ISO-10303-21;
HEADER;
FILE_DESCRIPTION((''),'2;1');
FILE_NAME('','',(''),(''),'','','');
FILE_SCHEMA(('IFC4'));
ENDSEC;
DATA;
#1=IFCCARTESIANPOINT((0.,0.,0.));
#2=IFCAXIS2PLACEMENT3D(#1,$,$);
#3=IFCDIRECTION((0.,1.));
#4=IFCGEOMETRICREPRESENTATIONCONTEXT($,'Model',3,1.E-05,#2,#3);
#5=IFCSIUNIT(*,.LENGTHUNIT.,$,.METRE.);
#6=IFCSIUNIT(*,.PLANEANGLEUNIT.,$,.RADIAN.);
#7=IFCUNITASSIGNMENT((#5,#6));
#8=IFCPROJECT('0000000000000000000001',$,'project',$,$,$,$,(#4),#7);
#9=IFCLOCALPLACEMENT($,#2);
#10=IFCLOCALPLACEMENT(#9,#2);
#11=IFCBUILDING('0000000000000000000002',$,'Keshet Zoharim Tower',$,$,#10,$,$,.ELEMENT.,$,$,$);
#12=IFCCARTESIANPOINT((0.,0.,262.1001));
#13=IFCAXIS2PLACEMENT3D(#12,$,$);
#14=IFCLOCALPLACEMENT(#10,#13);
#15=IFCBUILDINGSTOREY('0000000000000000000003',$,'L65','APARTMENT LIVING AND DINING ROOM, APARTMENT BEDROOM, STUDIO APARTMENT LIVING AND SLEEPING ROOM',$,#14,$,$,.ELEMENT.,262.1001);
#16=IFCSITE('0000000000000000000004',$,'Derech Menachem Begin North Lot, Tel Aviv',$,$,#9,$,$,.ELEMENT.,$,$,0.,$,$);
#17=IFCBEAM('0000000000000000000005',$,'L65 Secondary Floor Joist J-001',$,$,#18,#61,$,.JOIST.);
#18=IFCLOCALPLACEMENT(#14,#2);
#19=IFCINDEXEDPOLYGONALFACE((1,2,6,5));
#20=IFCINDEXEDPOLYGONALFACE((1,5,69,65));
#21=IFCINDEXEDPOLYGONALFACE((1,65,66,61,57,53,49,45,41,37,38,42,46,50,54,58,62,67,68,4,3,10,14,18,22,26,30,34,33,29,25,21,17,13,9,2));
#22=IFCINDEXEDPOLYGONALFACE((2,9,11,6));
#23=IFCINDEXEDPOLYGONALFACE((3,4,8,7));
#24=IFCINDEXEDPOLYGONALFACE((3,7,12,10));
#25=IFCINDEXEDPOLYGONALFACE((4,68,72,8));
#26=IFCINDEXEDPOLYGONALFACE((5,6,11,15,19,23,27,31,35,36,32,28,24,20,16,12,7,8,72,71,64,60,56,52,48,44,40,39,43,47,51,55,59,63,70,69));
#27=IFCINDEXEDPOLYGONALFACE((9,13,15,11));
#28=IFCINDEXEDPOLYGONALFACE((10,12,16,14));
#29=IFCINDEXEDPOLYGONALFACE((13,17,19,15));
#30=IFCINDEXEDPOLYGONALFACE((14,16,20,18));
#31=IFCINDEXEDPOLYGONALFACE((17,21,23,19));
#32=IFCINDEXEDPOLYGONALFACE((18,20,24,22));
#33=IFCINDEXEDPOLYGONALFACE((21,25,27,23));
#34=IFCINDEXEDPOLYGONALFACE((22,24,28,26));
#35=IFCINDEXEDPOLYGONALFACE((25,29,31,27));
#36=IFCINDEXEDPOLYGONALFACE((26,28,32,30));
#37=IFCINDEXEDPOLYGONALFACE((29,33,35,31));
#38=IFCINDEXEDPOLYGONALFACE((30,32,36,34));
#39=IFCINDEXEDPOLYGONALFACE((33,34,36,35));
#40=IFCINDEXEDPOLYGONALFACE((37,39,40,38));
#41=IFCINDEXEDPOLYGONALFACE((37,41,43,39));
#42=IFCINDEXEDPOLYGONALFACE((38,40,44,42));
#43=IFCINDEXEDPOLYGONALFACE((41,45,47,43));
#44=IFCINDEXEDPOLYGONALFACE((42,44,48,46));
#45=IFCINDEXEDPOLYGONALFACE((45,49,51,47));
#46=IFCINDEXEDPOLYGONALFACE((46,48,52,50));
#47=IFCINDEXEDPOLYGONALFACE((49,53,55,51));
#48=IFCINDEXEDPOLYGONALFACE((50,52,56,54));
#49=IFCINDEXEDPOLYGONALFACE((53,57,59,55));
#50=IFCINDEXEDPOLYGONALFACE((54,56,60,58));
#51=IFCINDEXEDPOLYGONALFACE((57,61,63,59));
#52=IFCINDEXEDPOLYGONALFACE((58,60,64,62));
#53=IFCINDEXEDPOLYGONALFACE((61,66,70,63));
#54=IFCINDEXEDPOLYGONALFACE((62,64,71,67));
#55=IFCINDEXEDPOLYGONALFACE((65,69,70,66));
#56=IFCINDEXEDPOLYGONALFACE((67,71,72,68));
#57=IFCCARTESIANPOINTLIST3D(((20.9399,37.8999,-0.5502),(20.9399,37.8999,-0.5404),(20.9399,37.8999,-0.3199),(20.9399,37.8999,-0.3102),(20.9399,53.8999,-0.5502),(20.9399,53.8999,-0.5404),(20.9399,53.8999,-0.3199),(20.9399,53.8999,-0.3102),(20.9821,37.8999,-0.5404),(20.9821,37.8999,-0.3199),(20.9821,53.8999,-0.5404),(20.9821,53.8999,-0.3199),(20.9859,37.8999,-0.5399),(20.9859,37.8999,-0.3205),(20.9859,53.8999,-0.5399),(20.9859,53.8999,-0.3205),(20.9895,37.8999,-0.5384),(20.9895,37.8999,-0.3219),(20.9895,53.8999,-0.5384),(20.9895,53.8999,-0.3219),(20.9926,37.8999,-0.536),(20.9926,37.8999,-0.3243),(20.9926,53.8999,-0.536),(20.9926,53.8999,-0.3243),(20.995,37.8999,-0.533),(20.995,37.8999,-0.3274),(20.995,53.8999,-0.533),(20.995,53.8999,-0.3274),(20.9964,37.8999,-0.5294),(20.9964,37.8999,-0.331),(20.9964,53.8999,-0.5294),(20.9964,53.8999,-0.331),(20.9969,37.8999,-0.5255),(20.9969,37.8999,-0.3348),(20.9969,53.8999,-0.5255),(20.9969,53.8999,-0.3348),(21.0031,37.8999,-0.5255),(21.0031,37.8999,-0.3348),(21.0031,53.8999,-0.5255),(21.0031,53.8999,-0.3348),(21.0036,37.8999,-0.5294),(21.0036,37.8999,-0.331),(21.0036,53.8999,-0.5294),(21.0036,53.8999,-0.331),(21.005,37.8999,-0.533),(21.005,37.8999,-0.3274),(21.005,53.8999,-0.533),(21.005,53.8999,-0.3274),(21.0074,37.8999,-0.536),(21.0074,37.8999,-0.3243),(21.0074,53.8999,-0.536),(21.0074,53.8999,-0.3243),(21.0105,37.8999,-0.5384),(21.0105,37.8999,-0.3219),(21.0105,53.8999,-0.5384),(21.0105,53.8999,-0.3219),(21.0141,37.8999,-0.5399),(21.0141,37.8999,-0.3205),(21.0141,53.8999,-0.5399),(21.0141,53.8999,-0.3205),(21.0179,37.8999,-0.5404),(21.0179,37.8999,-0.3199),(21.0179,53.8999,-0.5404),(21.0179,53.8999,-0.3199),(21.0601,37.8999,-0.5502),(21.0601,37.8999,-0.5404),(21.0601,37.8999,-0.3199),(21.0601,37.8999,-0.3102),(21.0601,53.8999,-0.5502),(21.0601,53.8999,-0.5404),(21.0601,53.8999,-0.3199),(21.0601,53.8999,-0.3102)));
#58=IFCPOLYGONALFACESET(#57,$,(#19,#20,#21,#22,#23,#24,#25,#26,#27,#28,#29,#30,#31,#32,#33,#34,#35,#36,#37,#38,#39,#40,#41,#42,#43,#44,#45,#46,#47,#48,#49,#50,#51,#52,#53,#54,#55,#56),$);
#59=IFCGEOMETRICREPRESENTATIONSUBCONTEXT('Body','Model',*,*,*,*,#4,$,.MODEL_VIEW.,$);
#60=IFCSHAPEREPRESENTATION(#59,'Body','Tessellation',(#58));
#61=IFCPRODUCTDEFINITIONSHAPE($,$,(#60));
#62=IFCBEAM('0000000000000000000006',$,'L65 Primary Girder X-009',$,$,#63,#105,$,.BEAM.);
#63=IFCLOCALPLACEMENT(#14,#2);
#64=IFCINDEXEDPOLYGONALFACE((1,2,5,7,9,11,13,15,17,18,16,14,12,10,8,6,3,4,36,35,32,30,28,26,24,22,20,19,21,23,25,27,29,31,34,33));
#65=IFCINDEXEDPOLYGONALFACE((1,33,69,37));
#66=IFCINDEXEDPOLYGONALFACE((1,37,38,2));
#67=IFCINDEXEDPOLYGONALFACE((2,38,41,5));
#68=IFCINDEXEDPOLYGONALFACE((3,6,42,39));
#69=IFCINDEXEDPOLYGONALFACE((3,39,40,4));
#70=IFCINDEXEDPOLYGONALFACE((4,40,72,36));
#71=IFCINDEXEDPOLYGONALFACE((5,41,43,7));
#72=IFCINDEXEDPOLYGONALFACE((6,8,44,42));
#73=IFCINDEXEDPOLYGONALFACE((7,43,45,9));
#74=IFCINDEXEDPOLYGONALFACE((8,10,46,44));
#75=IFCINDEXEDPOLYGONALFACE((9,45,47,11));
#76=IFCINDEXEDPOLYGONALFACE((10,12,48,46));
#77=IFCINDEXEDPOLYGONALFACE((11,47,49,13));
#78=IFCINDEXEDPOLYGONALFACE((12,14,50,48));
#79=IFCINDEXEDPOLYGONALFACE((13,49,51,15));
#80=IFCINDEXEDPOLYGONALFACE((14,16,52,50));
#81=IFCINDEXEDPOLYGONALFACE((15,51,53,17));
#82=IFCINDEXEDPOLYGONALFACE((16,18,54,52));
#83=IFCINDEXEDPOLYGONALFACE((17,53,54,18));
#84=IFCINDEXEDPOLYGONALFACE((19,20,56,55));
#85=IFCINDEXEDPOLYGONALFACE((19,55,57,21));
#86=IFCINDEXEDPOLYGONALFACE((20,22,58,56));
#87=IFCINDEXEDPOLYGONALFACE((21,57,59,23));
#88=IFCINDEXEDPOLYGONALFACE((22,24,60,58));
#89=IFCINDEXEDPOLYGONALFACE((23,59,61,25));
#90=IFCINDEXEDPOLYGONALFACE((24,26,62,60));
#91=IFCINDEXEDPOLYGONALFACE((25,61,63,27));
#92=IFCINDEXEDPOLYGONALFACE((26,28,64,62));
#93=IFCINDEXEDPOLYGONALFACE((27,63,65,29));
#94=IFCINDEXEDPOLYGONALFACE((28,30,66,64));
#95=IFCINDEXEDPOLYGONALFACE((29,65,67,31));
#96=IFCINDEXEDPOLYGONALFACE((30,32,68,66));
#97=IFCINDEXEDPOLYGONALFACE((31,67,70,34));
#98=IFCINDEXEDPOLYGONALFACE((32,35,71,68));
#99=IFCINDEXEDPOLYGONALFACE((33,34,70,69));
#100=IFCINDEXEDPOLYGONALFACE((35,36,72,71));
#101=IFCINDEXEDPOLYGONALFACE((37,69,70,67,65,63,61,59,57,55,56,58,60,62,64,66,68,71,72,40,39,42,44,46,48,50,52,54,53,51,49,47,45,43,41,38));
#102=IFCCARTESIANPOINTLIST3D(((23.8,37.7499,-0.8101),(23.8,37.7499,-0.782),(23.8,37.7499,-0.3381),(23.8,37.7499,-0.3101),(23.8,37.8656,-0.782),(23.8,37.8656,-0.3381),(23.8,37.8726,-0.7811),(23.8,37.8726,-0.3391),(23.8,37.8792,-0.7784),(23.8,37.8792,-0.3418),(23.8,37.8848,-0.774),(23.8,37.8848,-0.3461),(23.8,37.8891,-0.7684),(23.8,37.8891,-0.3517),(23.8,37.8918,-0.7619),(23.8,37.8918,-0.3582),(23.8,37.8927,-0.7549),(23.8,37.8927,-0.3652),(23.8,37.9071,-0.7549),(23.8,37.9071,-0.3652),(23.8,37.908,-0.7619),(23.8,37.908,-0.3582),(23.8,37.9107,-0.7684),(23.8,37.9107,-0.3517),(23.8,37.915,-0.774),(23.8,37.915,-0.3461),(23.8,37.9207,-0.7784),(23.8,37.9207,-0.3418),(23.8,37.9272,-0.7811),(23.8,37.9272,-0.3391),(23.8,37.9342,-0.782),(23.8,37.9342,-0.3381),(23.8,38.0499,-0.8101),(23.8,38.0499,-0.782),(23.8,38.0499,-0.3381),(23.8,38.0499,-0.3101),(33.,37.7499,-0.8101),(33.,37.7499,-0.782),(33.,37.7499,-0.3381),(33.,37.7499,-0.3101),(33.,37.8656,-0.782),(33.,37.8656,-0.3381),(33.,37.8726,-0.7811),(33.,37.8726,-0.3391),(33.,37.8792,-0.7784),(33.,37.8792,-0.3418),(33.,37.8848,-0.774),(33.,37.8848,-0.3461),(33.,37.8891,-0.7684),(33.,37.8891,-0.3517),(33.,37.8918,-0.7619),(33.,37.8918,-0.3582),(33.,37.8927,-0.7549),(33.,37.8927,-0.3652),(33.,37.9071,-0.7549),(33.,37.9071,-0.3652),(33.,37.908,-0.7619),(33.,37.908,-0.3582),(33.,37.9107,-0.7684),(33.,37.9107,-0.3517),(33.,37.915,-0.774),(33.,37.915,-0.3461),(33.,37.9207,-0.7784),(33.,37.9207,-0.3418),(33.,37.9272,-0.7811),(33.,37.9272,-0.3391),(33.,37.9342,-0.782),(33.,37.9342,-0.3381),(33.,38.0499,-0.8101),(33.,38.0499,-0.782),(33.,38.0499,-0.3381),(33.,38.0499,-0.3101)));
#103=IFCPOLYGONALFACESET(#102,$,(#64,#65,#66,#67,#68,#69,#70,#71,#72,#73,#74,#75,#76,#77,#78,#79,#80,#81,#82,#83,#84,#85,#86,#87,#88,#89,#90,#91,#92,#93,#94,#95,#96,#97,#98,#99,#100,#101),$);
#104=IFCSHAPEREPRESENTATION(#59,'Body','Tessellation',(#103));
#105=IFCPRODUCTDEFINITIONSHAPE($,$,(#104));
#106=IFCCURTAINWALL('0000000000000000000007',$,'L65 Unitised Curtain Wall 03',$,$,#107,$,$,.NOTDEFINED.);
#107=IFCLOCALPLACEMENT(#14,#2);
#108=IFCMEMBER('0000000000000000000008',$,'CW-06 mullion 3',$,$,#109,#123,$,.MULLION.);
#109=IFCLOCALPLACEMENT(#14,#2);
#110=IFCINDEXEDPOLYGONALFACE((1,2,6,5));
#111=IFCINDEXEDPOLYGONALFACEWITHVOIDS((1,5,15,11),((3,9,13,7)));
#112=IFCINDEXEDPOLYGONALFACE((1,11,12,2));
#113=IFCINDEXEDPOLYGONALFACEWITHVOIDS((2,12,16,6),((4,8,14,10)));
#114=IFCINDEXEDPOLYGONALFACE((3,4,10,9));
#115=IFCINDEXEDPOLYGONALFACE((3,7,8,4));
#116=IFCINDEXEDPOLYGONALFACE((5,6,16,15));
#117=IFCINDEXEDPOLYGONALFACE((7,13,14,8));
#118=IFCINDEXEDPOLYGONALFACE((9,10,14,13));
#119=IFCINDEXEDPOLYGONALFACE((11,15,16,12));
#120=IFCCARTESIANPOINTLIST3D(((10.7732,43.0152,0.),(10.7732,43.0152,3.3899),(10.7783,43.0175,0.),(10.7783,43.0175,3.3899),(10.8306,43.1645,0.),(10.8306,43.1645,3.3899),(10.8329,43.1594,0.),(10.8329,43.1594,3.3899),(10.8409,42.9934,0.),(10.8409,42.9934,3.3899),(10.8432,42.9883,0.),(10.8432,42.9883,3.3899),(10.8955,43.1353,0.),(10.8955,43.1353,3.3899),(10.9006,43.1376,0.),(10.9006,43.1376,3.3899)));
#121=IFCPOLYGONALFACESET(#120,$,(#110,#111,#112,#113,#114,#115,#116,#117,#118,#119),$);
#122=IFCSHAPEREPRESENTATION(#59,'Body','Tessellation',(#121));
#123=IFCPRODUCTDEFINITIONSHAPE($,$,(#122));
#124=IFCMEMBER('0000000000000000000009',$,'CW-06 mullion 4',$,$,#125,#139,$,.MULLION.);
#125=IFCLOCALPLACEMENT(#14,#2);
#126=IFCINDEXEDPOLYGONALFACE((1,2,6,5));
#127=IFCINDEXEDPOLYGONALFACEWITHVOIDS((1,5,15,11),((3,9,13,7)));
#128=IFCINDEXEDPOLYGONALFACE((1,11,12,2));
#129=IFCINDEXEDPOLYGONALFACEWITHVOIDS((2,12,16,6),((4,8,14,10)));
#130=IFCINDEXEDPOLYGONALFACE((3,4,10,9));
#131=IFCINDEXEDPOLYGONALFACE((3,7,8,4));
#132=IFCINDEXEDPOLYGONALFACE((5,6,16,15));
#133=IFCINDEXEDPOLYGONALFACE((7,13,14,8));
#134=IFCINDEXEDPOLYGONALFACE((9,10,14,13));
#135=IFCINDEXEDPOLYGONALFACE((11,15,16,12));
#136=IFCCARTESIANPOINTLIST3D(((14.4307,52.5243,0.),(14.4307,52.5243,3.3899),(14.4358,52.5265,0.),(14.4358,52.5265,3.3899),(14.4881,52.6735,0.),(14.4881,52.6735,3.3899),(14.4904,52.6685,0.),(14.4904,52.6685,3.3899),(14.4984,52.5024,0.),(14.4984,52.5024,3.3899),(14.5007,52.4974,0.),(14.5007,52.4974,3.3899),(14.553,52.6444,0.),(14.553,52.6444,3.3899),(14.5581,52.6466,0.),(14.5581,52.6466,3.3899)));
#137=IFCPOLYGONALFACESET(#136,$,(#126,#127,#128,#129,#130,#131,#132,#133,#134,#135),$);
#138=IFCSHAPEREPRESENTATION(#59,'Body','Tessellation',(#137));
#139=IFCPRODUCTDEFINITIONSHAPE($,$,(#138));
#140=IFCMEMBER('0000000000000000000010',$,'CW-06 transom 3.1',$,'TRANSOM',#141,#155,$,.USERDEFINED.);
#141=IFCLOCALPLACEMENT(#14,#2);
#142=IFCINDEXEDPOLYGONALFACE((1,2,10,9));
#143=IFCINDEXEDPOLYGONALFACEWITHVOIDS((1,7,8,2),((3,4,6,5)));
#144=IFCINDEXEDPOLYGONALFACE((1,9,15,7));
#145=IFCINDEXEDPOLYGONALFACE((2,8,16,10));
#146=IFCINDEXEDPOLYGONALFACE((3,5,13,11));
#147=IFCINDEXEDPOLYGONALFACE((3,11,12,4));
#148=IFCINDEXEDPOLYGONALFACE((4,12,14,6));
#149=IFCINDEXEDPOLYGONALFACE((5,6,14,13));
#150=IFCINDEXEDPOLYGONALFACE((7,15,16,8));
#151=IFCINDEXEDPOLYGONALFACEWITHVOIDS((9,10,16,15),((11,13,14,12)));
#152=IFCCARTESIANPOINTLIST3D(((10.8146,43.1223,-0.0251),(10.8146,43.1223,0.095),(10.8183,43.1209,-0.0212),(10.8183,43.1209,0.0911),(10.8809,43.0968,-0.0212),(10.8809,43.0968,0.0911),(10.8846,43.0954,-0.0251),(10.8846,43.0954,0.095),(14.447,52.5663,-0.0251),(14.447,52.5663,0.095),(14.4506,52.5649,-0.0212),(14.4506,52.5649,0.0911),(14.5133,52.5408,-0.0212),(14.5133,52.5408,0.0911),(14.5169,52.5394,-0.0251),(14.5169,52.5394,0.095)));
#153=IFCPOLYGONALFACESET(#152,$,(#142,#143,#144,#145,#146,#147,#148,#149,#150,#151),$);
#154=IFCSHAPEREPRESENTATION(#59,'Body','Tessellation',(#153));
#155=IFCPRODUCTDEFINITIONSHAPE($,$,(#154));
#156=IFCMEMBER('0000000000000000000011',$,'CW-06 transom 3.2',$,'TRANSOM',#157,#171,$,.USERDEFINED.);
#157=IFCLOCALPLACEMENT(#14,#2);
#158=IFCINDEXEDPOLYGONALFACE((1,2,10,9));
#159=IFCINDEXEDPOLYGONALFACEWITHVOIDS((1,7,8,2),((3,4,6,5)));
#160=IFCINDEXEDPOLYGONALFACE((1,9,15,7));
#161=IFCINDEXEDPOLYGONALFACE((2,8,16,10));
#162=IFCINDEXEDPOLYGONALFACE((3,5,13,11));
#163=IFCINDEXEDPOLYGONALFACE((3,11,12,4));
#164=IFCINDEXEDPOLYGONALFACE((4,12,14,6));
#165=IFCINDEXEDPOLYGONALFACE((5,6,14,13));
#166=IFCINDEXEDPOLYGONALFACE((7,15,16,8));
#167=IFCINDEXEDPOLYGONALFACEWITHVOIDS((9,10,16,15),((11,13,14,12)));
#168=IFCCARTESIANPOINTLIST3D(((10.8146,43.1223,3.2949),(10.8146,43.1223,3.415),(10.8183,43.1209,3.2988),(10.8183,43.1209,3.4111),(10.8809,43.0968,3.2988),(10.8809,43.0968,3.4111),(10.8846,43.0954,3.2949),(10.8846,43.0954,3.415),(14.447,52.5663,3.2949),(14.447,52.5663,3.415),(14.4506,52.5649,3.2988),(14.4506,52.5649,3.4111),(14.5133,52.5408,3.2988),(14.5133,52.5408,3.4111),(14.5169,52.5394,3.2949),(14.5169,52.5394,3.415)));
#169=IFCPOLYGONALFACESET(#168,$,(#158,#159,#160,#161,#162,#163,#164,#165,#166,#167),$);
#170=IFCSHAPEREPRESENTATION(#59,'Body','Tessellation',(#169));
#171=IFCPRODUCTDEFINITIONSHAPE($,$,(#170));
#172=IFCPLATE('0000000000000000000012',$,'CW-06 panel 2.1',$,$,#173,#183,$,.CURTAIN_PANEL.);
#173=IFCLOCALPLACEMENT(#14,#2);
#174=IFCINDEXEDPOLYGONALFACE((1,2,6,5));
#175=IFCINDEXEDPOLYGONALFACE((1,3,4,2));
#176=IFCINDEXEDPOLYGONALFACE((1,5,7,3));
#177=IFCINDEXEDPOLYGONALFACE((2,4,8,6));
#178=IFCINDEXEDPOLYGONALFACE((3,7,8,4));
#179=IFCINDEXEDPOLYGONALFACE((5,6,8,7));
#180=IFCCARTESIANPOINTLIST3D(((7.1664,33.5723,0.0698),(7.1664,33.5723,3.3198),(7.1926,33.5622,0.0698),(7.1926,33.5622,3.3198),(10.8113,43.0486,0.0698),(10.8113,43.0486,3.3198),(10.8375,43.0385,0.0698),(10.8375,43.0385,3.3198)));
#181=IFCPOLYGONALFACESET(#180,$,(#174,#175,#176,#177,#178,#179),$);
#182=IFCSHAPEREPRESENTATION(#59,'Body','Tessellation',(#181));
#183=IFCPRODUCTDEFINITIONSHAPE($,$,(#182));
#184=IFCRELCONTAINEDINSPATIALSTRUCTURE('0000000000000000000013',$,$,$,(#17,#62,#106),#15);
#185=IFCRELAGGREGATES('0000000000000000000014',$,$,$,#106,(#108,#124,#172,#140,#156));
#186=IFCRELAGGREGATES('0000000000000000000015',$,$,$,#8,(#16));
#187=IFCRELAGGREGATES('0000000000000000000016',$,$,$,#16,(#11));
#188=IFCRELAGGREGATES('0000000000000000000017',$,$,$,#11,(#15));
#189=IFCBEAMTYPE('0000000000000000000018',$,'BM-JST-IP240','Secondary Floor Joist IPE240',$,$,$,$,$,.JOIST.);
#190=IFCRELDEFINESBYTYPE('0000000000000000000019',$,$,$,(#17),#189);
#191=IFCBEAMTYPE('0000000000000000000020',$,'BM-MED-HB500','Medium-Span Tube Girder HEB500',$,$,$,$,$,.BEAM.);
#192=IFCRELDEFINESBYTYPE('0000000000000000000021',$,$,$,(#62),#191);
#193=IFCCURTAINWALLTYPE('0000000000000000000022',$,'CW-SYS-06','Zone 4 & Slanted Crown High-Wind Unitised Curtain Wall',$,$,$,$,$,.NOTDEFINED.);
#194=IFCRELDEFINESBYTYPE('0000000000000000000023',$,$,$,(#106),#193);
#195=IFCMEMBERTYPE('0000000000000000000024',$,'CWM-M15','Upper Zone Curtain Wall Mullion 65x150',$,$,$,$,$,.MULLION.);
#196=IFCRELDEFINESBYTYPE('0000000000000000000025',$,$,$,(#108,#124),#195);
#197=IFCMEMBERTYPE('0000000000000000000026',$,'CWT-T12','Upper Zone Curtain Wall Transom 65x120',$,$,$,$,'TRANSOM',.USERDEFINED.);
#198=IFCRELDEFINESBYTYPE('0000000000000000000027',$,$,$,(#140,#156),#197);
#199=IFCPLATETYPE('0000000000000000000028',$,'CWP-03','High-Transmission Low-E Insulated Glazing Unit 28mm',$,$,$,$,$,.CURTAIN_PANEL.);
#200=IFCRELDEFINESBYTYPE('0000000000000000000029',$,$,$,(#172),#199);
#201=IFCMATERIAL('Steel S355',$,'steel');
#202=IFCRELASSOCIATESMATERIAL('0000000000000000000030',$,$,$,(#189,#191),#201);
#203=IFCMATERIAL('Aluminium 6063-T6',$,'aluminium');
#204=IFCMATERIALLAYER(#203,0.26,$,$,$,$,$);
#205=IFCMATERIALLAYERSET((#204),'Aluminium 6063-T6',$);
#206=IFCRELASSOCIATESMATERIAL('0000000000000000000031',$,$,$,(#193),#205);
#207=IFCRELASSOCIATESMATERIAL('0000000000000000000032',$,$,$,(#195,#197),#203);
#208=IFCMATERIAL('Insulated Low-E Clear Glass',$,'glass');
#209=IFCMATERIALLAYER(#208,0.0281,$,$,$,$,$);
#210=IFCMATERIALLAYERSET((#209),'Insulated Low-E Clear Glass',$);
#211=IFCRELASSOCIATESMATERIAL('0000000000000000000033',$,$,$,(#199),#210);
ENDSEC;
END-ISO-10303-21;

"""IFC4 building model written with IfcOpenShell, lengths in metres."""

from ifc_helpers import new_model, si_unit, direction, frame, origin, origin_2d, place, context, subcontext, project, spatial, rectangle, hollow_rectangle, i_section, extrude, material, layer, layer_set, material_profile, profile_set, type_object, element, aggregate, save


model = new_model("IFC4")

# Units and contexts
model_context = context("Model", 3, precision=1e-05, world=origin(), true_north=direction((0.0, 1.0)))
body_context = subcontext(model_context, "Body", "Model", "MODEL_VIEW")
ifc_project = project(units=[si_unit("LENGTHUNIT", "METRE"), si_unit("PLANEANGLEUNIT", "RADIAN")], contexts=[model_context])

# Site, building, storey
site_placement = place(None, origin())
site = spatial("IfcSite", under=ifc_project, at=site_placement, Name="Derech Menachem Begin North Lot, Tel Aviv", CompositionType="ELEMENT", RefElevation=0.0)
building_placement = place(site_placement, origin())
building = spatial("IfcBuilding", under=site, at=building_placement, Name="Keshet Zoharim Tower", CompositionType="ELEMENT")
storey_placement = place(building_placement, frame((0.0, 0.0, 262.1001)))
storey = spatial("IfcBuildingStorey", under=building, at=storey_placement, Name="L65", Description="APARTMENT LIVING AND DINING ROOM, APARTMENT BEDROOM, STUDIO APARTMENT LIVING AND SLEEPING ROOM", CompositionType="ELEMENT", Elevation=262.1001)

# Beams
ifc_material_1 = material(Name="Steel S355", Category="steel")
ifc_material_profile_1 = material_profile(ifc_material_1, i_section(OverallWidth=0.1201, OverallDepth=0.24, WebThickness=0.0061, FlangeThickness=0.0098, FilletRadius=0.0149, at=origin_2d()), Name="IPE240")
ifc_profile_set_1 = profile_set([ifc_material_profile_1], Name="Steel S355")
beam_type_1 = type_object("IfcBeamType", Name="BM-JST-IP240", Description="Secondary Floor Joist IPE240", PredefinedType="JOIST", material=ifc_profile_set_1)
beam_1_placement = place(storey_placement, frame((21.0, 37.8999, -0.4302), z_axis=(0.0, 1.0, 0.0), x_axis=(-1.0, 0.0, 0.0)))
element("IfcBeam", 1, at=beam_1_placement, inside=storey, type_object=beam_type_1, Name="L65 Secondary Floor Joist J-001", PredefinedType="JOIST", context=body_context, shape_type="SweptSolid", body=[
    extrude(i_section(OverallWidth=0.1201, OverallDepth=0.24, WebThickness=0.0061, FlangeThickness=0.0098, FilletRadius=0.0149, at=origin_2d()), origin(), (0.0, 0.0, 1.0), 16.0),
])
ifc_material_profile_2 = material_profile(ifc_material_1, i_section(OverallWidth=0.3, OverallDepth=0.5, WebThickness=0.0144, FlangeThickness=0.0281, FilletRadius=0.0271, at=origin_2d()), Name="HEB500")
ifc_profile_set_2 = profile_set([ifc_material_profile_2], Name="Steel S355")
beam_type_2 = type_object("IfcBeamType", Name="BM-MED-HB500", Description="Medium-Span Tube Girder HEB500", PredefinedType="BEAM", material=ifc_profile_set_2)
beam_2_placement = place(storey_placement, frame((23.8, 37.8999, -0.5601), z_axis=(1.0, 0.0, 0.0), x_axis=(0.0, 1.0, 0.0)))
element("IfcBeam", 2, at=beam_2_placement, inside=storey, type_object=beam_type_2, Name="L65 Primary Girder X-009", PredefinedType="BEAM", context=body_context, shape_type="SweptSolid", body=[
    extrude(i_section(OverallWidth=0.3, OverallDepth=0.5, WebThickness=0.0144, FlangeThickness=0.0281, FilletRadius=0.0271, at=origin_2d()), origin(), (0.0, 0.0, 1.0), 9.2),
])

# Curtain wall, members, plate
ifc_material_2 = material(Name="Aluminium 6063-T6", Category="aluminium")
ifc_layer_1 = layer(ifc_material_2, 0.26)
ifc_layer_set_1 = layer_set([ifc_layer_1], Name="Aluminium 6063-T6")
curtain_wall_type = type_object("IfcCurtainWallType", Name="CW-SYS-06", Description="Zone 4 & Slanted Crown High-Wind Unitised Curtain Wall", PredefinedType="NOTDEFINED", material=ifc_layer_set_1)
curtain_wall_placement = place(storey_placement, origin())
curtain_wall = element("IfcCurtainWall", 3, at=curtain_wall_placement, inside=storey, type_object=curtain_wall_type, Name="L65 Unitised Curtain Wall 03", PredefinedType="NOTDEFINED")
ifc_material_profile_3 = material_profile(ifc_material_2, hollow_rectangle(XDim=0.075, YDim=0.1599, WallThickness=0.0039, at=origin_2d()), Name="MUL-75x160")
ifc_profile_set_3 = profile_set([ifc_material_profile_3], Name="Aluminium 6063-T6")
member_type_1 = type_object("IfcMemberType", Name="CWM-M15", Description="Upper Zone Curtain Wall Mullion 65x150", PredefinedType="MULLION", material=ifc_profile_set_3)
member_1_placement = place(storey_placement, frame((10.8369, 43.0764, 0.0), z_axis=(0.0, 0.0, 1.0), x_axis=(-0.933341, 0.35899, 0.0)))
member_1 = element("IfcMember", 4, at=member_1_placement, type_object=member_type_1, Name="CW-06 mullion 3", PredefinedType="MULLION", context=body_context, shape_type="SweptSolid", body=[
    extrude(hollow_rectangle(XDim=0.075, YDim=0.1599, WallThickness=0.0039, at=origin_2d()), origin(), (0.0, 0.0, 1.0), 3.3899),
])
member_2_placement = place(storey_placement, frame((14.4944, 52.5854, 0.0), z_axis=(0.0, 0.0, 1.0), x_axis=(-0.933341, 0.35899, 0.0)))
member_2 = element("IfcMember", 5, at=member_2_placement, type_object=member_type_1, Name="CW-06 mullion 4", PredefinedType="MULLION", context=body_context, shape_type="SweptSolid", body=[
    extrude(hollow_rectangle(XDim=0.075, YDim=0.1599, WallThickness=0.0039, at=origin_2d()), origin(), (0.0, 0.0, 1.0), 3.3899),
])
ifc_material_profile_4 = material_profile(ifc_material_2, hollow_rectangle(XDim=0.075, YDim=0.1201, WallThickness=0.0039, at=origin_2d()), Name="TRN-75x120")
ifc_profile_set_4 = profile_set([ifc_material_profile_4], Name="Aluminium 6063-T6")
member_type_2 = type_object("IfcMemberType", Name="CWT-T12", Description="Upper Zone Curtain Wall Transom 65x120", ElementType="TRANSOM", PredefinedType="USERDEFINED", material=ifc_profile_set_4)
member_3_placement = place(storey_placement, frame((10.8496, 43.1089, 0.0349), z_axis=(0.358986, 0.933343, 0.0), x_axis=(-0.933343, 0.358986, 0.0)))
member_3 = element("IfcMember", 6, at=member_3_placement, type_object=member_type_2, Name="CW-06 transom 3.1", ObjectType="TRANSOM", PredefinedType="USERDEFINED", context=body_context, shape_type="SweptSolid", body=[
    extrude(hollow_rectangle(XDim=0.075, YDim=0.1201, WallThickness=0.0039, at=origin_2d()), origin(), (0.0, 0.0, 1.0), 10.1184),
])
member_4_placement = place(storey_placement, frame((10.8496, 43.1089, 3.355), z_axis=(0.358986, 0.933343, 0.0), x_axis=(-0.933343, 0.358986, 0.0)))
member_4 = element("IfcMember", 7, at=member_4_placement, type_object=member_type_2, Name="CW-06 transom 3.2", ObjectType="TRANSOM", PredefinedType="USERDEFINED", context=body_context, shape_type="SweptSolid", body=[
    extrude(hollow_rectangle(XDim=0.075, YDim=0.1201, WallThickness=0.0039, at=origin_2d()), origin(), (0.0, 0.0, 1.0), 10.1184),
])
ifc_material_3 = material(Name="Insulated Low-E Clear Glass", Category="glass")
ifc_layer_2 = layer(ifc_material_3, 0.0281)
ifc_layer_set_2 = layer_set([ifc_layer_2], Name="Insulated Low-E Clear Glass")
plate_type = type_object("IfcPlateType", Name="CWP-03", Description="High-Transmission Low-E Insulated Glazing Unit 28mm", PredefinedType="CURTAIN_PANEL", material=ifc_layer_set_2)
plate_1_placement = place(storey_placement, frame((9.002, 38.3054, 0.0698), z_axis=(0.0, 0.0, 1.0), x_axis=(0.35899, 0.933341, 0.0)))
plate_1 = element("IfcPlate", 8, at=plate_1_placement, type_object=plate_type, Name="CW-06 panel 2.1", PredefinedType="CURTAIN_PANEL", context=body_context, shape_type="SweptSolid", body=[
    extrude(rectangle(XDim=10.1531, YDim=0.0281, at=origin_2d()), origin(), (0.0, 0.0, 1.0), 3.25),
])
aggregate(curtain_wall, [member_1, member_2, plate_1, member_3, member_4])

save(model, "model.ifc")
